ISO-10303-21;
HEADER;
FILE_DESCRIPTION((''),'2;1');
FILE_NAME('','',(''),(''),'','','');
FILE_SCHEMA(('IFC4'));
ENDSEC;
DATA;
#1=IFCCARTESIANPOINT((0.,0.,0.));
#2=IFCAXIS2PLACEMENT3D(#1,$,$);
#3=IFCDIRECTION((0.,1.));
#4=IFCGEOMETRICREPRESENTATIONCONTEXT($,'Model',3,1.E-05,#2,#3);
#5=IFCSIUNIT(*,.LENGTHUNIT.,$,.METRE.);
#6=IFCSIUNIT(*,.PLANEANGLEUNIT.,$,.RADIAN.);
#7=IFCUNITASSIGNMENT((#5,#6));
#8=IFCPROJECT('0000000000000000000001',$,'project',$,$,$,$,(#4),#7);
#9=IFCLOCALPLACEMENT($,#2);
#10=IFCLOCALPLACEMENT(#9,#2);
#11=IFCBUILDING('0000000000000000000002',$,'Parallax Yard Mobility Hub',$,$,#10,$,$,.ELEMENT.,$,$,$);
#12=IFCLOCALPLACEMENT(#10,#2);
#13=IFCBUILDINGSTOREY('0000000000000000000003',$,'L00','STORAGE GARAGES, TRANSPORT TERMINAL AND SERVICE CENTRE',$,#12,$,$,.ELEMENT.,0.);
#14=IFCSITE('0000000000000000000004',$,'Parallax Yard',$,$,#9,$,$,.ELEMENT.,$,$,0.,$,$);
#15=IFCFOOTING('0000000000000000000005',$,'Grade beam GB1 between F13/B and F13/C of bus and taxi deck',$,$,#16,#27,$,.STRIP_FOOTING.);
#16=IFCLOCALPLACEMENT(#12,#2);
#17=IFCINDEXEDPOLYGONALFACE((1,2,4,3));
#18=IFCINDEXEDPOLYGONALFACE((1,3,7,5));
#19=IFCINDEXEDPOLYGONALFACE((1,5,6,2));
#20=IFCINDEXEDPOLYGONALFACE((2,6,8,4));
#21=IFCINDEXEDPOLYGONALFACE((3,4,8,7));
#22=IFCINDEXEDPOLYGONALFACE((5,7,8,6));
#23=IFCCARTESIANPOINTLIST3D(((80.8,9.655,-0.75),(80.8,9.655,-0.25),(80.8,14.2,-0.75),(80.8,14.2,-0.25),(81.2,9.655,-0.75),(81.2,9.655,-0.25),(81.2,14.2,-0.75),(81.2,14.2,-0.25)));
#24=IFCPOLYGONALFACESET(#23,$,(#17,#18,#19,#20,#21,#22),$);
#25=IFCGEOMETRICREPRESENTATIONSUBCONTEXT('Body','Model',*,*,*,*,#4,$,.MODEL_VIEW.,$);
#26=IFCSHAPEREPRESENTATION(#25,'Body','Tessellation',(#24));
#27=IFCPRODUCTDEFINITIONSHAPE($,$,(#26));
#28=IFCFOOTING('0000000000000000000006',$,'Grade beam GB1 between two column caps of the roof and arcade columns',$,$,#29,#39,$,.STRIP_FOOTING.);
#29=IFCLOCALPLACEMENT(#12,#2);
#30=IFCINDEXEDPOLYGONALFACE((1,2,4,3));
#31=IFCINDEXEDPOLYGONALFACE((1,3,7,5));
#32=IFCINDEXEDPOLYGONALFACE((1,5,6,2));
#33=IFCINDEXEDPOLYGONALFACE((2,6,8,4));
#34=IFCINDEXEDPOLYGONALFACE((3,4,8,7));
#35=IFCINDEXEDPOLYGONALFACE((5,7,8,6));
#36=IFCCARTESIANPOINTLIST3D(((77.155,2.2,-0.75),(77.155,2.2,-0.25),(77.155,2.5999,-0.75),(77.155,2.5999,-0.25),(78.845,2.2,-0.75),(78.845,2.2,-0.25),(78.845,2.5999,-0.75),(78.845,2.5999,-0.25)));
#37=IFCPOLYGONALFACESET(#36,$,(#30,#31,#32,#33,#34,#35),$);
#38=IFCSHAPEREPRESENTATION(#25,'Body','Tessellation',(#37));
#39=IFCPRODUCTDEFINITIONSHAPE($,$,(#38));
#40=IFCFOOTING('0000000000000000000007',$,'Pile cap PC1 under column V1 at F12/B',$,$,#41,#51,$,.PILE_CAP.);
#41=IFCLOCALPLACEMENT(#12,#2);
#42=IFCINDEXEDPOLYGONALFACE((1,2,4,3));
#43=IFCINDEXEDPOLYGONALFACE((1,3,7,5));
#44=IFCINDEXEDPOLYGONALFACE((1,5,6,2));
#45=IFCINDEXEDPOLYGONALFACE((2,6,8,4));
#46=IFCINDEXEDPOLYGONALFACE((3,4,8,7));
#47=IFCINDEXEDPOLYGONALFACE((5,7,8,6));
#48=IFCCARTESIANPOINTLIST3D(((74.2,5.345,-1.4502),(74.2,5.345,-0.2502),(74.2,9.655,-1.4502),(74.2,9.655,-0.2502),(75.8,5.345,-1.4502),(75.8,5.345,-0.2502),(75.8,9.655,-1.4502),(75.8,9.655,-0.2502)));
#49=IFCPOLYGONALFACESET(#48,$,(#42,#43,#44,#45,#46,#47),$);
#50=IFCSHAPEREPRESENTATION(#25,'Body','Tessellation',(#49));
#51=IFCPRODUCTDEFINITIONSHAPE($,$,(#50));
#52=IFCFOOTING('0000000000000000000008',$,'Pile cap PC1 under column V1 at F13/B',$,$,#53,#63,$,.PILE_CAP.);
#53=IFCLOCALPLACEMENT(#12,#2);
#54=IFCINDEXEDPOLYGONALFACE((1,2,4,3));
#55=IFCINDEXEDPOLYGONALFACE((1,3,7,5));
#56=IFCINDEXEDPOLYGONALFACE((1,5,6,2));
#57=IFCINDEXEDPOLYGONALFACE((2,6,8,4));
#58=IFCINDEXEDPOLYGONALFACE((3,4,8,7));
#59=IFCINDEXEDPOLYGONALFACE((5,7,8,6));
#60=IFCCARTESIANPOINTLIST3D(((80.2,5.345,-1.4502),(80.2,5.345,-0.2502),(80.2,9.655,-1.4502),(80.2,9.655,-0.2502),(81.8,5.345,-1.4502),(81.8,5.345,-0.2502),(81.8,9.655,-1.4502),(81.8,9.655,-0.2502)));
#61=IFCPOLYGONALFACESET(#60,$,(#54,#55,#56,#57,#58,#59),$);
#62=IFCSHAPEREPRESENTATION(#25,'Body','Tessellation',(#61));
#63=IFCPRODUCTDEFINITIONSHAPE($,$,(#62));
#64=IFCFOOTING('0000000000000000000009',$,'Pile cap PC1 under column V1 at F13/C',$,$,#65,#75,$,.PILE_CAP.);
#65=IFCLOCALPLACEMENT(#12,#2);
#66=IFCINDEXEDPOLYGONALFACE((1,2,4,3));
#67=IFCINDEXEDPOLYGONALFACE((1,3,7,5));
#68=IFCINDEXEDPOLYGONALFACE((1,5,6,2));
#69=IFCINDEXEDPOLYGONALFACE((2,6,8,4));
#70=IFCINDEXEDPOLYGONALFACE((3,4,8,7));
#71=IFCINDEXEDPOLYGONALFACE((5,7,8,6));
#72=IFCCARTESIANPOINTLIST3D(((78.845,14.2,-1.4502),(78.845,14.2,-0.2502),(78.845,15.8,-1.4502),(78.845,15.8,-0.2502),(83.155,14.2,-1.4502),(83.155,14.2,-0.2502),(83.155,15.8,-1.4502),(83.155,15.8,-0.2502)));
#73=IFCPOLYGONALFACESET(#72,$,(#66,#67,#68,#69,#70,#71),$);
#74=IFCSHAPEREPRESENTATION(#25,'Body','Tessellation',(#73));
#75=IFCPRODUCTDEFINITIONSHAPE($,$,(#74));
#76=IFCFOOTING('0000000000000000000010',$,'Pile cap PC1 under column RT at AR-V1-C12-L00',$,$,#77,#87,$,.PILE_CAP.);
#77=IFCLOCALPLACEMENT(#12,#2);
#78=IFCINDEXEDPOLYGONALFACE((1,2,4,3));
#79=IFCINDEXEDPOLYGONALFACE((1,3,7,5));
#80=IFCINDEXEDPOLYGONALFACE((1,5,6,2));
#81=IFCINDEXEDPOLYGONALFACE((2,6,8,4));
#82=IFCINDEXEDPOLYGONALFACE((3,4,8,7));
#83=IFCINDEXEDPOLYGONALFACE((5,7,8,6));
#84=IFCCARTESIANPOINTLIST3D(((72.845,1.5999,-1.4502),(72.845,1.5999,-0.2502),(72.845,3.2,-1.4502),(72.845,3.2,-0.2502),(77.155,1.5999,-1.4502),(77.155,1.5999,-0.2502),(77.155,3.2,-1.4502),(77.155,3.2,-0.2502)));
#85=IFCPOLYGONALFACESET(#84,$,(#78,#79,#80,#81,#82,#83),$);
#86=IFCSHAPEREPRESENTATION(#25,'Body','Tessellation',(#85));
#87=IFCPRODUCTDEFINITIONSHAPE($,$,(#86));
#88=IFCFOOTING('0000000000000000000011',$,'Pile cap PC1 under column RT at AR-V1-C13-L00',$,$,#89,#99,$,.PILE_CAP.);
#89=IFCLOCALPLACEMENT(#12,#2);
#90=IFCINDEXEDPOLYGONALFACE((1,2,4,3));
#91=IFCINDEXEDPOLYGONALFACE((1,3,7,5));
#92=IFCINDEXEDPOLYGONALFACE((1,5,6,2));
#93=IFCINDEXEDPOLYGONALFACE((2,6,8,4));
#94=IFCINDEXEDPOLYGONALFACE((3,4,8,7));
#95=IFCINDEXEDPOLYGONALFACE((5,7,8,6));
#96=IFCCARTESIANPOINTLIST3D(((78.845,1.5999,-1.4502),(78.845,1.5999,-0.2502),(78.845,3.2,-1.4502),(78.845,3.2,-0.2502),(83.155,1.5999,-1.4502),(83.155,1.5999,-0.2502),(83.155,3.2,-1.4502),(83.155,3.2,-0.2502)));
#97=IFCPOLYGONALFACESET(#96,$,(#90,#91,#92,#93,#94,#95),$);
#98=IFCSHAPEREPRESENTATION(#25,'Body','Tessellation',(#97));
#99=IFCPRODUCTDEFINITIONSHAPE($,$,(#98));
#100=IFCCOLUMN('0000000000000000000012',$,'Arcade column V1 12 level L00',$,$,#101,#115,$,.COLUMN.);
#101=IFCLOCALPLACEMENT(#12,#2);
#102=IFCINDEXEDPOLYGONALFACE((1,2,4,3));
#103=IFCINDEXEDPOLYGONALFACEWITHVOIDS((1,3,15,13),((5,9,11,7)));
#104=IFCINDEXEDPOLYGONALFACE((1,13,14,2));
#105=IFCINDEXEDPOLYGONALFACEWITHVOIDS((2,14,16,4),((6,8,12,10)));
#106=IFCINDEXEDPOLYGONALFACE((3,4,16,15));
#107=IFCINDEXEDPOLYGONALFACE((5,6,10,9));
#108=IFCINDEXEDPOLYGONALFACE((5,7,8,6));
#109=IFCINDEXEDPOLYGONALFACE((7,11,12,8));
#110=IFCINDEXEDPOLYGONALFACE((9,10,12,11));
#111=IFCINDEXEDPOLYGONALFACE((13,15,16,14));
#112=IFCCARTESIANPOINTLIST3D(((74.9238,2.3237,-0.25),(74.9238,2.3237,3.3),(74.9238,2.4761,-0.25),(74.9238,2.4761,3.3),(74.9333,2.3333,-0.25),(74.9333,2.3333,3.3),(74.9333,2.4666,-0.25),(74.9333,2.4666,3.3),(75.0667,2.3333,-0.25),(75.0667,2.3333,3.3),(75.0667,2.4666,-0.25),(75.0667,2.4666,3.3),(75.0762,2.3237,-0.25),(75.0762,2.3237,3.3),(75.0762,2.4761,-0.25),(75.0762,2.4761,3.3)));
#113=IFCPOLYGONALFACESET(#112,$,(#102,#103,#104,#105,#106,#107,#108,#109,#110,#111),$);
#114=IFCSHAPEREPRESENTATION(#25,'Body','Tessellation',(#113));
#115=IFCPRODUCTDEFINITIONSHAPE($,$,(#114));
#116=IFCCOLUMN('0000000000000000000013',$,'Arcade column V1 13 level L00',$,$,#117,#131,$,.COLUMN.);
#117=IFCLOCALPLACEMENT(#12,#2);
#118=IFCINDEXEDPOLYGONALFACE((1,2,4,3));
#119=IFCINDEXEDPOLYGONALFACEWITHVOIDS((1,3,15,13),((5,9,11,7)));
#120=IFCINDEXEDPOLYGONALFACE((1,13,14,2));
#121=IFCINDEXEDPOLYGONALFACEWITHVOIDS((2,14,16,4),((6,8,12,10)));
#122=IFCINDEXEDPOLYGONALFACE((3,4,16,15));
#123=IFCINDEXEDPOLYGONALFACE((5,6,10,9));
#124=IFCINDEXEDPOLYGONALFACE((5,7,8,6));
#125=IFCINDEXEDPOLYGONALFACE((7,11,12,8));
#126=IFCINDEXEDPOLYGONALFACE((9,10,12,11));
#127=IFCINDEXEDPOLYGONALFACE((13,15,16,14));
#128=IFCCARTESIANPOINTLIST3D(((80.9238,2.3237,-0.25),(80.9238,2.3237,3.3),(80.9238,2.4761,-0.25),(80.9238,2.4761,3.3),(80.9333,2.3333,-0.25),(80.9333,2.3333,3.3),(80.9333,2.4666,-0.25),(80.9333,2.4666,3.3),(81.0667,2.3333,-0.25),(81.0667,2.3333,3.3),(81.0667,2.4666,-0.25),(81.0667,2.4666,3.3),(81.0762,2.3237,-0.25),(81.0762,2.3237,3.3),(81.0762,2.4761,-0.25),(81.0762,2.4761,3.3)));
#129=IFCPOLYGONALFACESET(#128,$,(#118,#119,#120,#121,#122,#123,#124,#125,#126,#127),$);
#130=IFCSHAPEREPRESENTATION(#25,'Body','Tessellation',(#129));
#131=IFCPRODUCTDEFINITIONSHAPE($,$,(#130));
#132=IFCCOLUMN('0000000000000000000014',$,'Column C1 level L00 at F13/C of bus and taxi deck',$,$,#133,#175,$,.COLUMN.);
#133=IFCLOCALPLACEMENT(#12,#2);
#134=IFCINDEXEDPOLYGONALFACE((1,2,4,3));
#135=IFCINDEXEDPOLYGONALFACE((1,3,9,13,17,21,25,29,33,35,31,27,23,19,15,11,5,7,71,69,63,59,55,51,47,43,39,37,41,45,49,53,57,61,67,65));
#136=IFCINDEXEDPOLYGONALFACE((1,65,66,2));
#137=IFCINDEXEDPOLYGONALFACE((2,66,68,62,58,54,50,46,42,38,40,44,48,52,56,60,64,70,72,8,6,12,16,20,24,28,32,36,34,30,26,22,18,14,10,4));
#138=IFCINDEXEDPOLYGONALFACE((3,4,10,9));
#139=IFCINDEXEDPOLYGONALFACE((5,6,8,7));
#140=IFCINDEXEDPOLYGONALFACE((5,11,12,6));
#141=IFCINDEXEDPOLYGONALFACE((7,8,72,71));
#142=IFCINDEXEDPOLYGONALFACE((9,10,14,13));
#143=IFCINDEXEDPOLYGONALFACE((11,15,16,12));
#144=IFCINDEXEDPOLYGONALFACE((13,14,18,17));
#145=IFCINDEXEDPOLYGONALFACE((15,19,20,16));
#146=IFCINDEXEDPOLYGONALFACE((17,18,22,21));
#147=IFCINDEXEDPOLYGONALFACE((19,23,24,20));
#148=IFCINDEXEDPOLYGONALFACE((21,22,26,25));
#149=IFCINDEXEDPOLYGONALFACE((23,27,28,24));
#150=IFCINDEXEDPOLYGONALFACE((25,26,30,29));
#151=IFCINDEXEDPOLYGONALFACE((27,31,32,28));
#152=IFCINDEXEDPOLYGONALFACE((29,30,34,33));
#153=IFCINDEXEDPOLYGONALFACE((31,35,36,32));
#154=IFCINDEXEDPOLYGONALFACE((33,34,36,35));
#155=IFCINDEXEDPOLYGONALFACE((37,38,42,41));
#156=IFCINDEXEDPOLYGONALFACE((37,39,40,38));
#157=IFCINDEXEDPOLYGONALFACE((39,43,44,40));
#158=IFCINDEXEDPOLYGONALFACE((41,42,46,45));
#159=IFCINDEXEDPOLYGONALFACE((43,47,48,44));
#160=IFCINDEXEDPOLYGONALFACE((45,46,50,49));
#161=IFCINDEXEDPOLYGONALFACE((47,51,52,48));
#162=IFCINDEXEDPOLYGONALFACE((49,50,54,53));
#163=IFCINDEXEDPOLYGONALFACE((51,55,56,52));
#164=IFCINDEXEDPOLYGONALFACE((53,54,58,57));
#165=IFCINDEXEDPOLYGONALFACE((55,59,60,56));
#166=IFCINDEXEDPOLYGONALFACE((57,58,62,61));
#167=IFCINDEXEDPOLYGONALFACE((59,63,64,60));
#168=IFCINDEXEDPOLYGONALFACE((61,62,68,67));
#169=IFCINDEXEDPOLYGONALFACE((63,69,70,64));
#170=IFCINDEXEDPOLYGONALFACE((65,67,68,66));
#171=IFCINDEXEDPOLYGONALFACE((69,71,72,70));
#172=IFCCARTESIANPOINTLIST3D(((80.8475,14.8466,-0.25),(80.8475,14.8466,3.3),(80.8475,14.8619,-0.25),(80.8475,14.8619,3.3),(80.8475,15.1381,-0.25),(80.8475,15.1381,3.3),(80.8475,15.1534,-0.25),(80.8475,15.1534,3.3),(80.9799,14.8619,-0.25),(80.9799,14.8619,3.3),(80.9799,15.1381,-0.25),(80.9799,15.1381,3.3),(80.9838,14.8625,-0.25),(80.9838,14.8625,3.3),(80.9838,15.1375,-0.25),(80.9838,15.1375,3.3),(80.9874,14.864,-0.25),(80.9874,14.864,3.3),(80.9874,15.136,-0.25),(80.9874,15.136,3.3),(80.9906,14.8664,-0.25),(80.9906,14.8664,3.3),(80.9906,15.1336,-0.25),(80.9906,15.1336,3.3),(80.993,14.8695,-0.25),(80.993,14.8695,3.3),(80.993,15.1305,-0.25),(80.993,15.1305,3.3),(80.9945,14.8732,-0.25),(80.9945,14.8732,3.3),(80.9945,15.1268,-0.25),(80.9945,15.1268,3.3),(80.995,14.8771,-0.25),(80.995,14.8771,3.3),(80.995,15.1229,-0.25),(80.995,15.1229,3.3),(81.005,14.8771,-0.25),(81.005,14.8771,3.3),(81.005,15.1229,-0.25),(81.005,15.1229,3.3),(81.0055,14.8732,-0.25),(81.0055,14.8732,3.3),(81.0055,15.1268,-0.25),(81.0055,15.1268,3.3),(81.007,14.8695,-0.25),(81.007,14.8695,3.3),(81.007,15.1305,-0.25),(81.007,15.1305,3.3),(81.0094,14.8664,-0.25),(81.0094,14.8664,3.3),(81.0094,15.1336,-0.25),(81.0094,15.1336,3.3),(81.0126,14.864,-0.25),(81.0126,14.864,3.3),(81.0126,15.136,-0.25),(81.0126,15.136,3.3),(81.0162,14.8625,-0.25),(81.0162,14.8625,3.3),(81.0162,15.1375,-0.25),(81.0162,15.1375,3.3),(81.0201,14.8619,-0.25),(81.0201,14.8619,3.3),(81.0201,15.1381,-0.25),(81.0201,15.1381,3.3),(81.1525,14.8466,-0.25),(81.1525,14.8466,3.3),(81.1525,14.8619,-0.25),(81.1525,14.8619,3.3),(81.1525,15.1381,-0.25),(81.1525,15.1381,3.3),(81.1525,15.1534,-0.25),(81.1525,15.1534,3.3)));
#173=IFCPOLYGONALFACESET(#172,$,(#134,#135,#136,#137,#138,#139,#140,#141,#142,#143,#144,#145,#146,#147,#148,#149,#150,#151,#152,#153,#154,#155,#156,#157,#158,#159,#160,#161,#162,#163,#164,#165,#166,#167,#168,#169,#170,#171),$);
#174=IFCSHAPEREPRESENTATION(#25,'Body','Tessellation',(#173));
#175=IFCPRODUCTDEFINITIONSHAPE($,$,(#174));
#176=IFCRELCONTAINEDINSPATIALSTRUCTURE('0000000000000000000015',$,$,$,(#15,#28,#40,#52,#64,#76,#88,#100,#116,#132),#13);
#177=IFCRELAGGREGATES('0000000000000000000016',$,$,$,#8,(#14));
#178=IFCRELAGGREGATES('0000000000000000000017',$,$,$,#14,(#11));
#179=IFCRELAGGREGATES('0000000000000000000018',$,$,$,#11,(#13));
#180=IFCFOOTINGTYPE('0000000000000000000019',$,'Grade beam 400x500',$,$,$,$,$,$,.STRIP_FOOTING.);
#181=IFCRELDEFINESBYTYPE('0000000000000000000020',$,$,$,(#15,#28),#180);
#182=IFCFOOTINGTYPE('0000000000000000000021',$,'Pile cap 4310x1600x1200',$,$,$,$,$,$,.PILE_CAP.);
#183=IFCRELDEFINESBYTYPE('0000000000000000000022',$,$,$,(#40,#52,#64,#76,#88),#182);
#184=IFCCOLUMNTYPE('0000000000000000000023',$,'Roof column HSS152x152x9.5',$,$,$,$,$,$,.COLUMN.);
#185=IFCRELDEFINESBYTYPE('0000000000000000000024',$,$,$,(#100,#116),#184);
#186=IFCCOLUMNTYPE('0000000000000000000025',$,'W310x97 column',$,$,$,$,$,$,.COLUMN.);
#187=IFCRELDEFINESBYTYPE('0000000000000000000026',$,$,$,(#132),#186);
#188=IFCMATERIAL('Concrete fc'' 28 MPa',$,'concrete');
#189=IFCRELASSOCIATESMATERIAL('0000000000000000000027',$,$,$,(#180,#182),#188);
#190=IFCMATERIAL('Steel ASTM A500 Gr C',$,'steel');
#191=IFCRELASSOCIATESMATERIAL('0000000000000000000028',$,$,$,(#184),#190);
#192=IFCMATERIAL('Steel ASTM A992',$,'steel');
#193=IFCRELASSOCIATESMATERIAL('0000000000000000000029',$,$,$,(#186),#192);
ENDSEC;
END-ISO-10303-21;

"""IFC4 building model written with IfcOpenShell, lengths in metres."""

from ifc_helpers import new_model, si_unit, direction, frame, origin, origin_2d, place, context, subcontext, project, spatial, rectangle, hollow_rectangle, i_section, extrude, material, material_profile, profile_set, type_object, element, save


model = new_model("IFC4")

# Units and contexts
model_context = context("Model", 3, precision=1e-05, world=origin(), true_north=direction((0.0, 1.0)))
body_context = subcontext(model_context, "Body", "Model", "MODEL_VIEW")
ifc_project = project(units=[si_unit("LENGTHUNIT", "METRE"), si_unit("PLANEANGLEUNIT", "RADIAN")], contexts=[model_context])

# Site, building, storey
site_placement = place(None, origin())
site = spatial("IfcSite", under=ifc_project, at=site_placement, Name="Parallax Yard", CompositionType="ELEMENT", RefElevation=0.0)
building_placement = place(site_placement, origin())
building = spatial("IfcBuilding", under=site, at=building_placement, Name="Parallax Yard Mobility Hub", CompositionType="ELEMENT")
storey_placement = place(building_placement, origin())
storey = spatial("IfcBuildingStorey", under=building, at=storey_placement, Name="L00", Description="STORAGE GARAGES, TRANSPORT TERMINAL AND SERVICE CENTRE", CompositionType="ELEMENT", Elevation=0.0)

# Shared definitions
ifc_material_1 = material(Name="Concrete fc' 28 MPa", Category="concrete")

# Footings
ifc_material_profile_1 = material_profile(ifc_material_1, rectangle(XDim=0.3999, YDim=0.5, at=origin_2d()), Name="Grade beam 400x500")
ifc_profile_set_1 = profile_set([ifc_material_profile_1], Name="Concrete fc' 28 MPa")
footing_type_1 = type_object("IfcFootingType", Name="Grade beam 400x500", PredefinedType="STRIP_FOOTING", material=ifc_profile_set_1)
footing_1_placement = place(storey_placement, frame((81.0, 9.655, -0.5), z_axis=(0.0, 1.0, 0.0), x_axis=(-1.0, 0.0, 0.0)))
element("IfcFooting", 1, at=footing_1_placement, inside=storey, type_object=footing_type_1, Name="Grade beam GB1 between F13/B and F13/C of bus and taxi deck", PredefinedType="STRIP_FOOTING", context=body_context, shape_type="SweptSolid", body=[
    extrude(rectangle(XDim=0.3999, YDim=0.5, at=origin_2d()), origin(), (0.0, 0.0, 1.0), 4.5449),
])
footing_2_placement = place(storey_placement, frame((77.155, 2.3999, -0.5), z_axis=(1.0, 0.0, 0.0), x_axis=(0.0, 1.0, 0.0)))
element("IfcFooting", 2, at=footing_2_placement, inside=storey, type_object=footing_type_1, Name="Grade beam GB1 between two column caps of the roof and arcade columns", PredefinedType="STRIP_FOOTING", context=body_context, shape_type="SweptSolid", body=[
    extrude(rectangle(XDim=0.3999, YDim=0.5, at=origin_2d()), origin(), (0.0, 0.0, 1.0), 1.6899),
])
footing_type_2 = type_object("IfcFootingType", Name="Pile cap 4310x1600x1200", PredefinedType="PILE_CAP", material=ifc_material_1)
for number, where, z_axis, x_axis, name in (
    (3, (75.0, 7.5, -1.4502), (0.0, 0.0, 1.0), (0.0, 1.0, 0.0), "Pile cap PC1 under column V1 at F12/B"),
    (4, (81.0, 7.5, -1.4502), (0.0, 0.0, 1.0), (0.0, 1.0, 0.0), "Pile cap PC1 under column V1 at F13/B"),
    (5, (81.0, 15.0, -1.4502), (0.0, 0.0, 1.0), (1.0, 0.0, 0.0), "Pile cap PC1 under column V1 at F13/C"),
    (6, (75.0, 2.3999, -1.4502), (0.0, 0.0, 1.0), (1.0, 0.0, 0.0), "Pile cap PC1 under column RT at AR-V1-C12-L00"),
    (7, (81.0, 2.3999, -1.4502), (0.0, 0.0, 1.0), (1.0, 0.0, 0.0), "Pile cap PC1 under column RT at AR-V1-C13-L00"),
):
    element("IfcFooting", number, at=place(storey_placement, frame(where, z_axis=z_axis, x_axis=x_axis)), inside=storey, type_object=footing_type_2, Name=name, PredefinedType="PILE_CAP", context=body_context, shape_type="SweptSolid", body=[
        extrude(rectangle(XDim=4.3101, YDim=1.6001, at=origin_2d()), origin(), (0.0, 0.0, 1.0), 1.2),
    ])

# Columns
ifc_material_2 = material(Name="Steel ASTM A500 Gr C", Category="steel")
ifc_material_profile_2 = material_profile(ifc_material_2, hollow_rectangle(XDim=0.1523, YDim=0.1523, WallThickness=0.0095, at=origin_2d()), Name="HSS152x152x9.5")
ifc_profile_set_2 = profile_set([ifc_material_profile_2], Name="Steel ASTM A500 Gr C")
column_type_1 = type_object("IfcColumnType", Name="Roof column HSS152x152x9.5", PredefinedType="COLUMN", material=ifc_profile_set_2)
for number, where, z_axis, x_axis, name in (
    (8, (75.0, 2.3999, -0.25), (0.0, 0.0, 1.0), (1.0, 0.0, 0.0), "Arcade column V1 12 level L00"),
    (9, (81.0, 2.3999, -0.25), (0.0, 0.0, 1.0), (1.0, 0.0, 0.0), "Arcade column V1 13 level L00"),
):
    element("IfcColumn", number, at=place(storey_placement, frame(where, z_axis=z_axis, x_axis=x_axis)), inside=storey, type_object=column_type_1, Name=name, PredefinedType="COLUMN", context=body_context, shape_type="SweptSolid", body=[
        extrude(hollow_rectangle(XDim=0.1523, YDim=0.1523, WallThickness=0.0095, at=origin_2d()), origin(), (0.0, 0.0, 1.0), 3.55),
    ])
ifc_material_3 = material(Name="Steel ASTM A992", Category="steel")
ifc_material_profile_3 = material_profile(ifc_material_3, i_section(OverallWidth=0.3049, OverallDepth=0.3069, WebThickness=0.01, FlangeThickness=0.0154, FilletRadius=0.0151, at=origin_2d()), Name="W310x97")
ifc_profile_set_3 = profile_set([ifc_material_profile_3], Name="Steel ASTM A992")
column_type_2 = type_object("IfcColumnType", Name="W310x97 column", PredefinedType="COLUMN", material=ifc_profile_set_3)
column_placement = place(storey_placement, frame((81.0, 15.0, -0.25), z_axis=(0.0, 0.0, 1.0), x_axis=(1.0, 0.0, 0.0)))
element("IfcColumn", 10, at=column_placement, inside=storey, type_object=column_type_2, Name="Column C1 level L00 at F13/C of bus and taxi deck", PredefinedType="COLUMN", context=body_context, shape_type="SweptSolid", body=[
    extrude(i_section(OverallWidth=0.3049, OverallDepth=0.3069, WebThickness=0.01, FlangeThickness=0.0154, FilletRadius=0.0151, at=origin_2d()), origin(), (0.0, 0.0, 1.0), 3.55),
])

save(model, "model.ifc")
